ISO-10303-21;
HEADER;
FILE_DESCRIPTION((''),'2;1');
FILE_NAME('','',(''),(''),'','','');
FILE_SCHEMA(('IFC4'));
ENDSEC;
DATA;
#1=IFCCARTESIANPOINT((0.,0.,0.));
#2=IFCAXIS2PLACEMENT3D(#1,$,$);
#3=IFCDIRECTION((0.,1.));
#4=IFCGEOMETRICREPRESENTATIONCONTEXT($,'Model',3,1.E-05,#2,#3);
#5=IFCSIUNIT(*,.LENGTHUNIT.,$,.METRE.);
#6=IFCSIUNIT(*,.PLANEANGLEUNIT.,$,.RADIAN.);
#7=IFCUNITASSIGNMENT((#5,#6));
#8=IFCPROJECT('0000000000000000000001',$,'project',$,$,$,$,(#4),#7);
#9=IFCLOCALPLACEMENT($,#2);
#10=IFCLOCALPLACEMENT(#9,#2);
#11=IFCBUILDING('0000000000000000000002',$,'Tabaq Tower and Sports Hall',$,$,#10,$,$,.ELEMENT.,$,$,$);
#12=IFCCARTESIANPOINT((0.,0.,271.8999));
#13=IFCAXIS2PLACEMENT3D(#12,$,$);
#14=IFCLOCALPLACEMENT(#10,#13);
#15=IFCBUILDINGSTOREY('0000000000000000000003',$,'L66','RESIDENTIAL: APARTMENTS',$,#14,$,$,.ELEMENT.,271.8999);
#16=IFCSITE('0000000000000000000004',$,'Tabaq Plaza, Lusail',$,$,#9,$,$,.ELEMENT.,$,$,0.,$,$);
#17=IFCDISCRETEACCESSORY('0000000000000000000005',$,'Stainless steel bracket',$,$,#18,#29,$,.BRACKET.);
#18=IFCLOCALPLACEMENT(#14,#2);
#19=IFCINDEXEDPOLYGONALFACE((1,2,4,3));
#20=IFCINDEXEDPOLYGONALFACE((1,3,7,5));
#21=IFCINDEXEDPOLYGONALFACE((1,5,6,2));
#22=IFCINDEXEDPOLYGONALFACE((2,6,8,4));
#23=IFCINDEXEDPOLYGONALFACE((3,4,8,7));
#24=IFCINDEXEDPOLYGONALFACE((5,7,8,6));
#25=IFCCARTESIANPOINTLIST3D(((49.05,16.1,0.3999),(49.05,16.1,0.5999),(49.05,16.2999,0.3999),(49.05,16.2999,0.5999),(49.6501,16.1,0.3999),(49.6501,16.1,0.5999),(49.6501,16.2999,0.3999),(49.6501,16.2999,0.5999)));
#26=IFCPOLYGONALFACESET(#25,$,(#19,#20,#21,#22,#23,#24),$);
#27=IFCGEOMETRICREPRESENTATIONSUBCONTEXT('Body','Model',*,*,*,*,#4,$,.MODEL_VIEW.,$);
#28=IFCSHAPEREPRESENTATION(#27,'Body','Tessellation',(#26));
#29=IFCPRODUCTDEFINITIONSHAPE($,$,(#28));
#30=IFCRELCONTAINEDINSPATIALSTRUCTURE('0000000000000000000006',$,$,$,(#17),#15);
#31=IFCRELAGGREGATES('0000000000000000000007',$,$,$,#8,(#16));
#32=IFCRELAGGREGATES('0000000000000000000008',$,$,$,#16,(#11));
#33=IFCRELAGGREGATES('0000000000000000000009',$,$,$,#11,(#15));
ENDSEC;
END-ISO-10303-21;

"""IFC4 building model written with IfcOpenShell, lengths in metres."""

from ifc_helpers import new_model, si_unit, direction, frame, origin, origin_2d, place, context, subcontext, project, spatial, rectangle, extrude, element, save


model = new_model("IFC4")

# Units and contexts
model_context = context("Model", 3, precision=1e-05, world=origin(), true_north=direction((0.0, 1.0)))
body_context = subcontext(model_context, "Body", "Model", "MODEL_VIEW")
ifc_project = project(units=[si_unit("LENGTHUNIT", "METRE"), si_unit("PLANEANGLEUNIT", "RADIAN")], contexts=[model_context])

# Site, building, storey
site_placement = place(None, origin())
site = spatial("IfcSite", under=ifc_project, at=site_placement, Name="Tabaq Plaza, Lusail", CompositionType="ELEMENT", RefElevation=0.0)
building_placement = place(site_placement, origin())
building = spatial("IfcBuilding", under=site, at=building_placement, Name="Tabaq Tower and Sports Hall", CompositionType="ELEMENT")
storey_placement = place(building_placement, frame((0.0, 0.0, 271.8999)))
storey = spatial("IfcBuildingStorey", under=building, at=storey_placement, Name="L66", Description="RESIDENTIAL: APARTMENTS", CompositionType="ELEMENT", Elevation=271.8999)

# Discrete accessory
for number, where, z_axis, x_axis, name in (
    (1, (49.3501, 16.2, 0.3999), (0.0, 0.0, 1.0), (1.0, 0.0, 0.0), "Stainless steel bracket"),
):
    element("IfcDiscreteAccessory", number, at=place(storey_placement, frame(where, z_axis=z_axis, x_axis=x_axis)), inside=storey, Name=name, PredefinedType="BRACKET", context=body_context, shape_type="SweptSolid", body=[
        extrude(rectangle(XDim=0.6001, YDim=0.2, at=origin_2d()), origin(), (0.0, 0.0, 1.0), 0.2),
    ])

save(model, "model.ifc")
